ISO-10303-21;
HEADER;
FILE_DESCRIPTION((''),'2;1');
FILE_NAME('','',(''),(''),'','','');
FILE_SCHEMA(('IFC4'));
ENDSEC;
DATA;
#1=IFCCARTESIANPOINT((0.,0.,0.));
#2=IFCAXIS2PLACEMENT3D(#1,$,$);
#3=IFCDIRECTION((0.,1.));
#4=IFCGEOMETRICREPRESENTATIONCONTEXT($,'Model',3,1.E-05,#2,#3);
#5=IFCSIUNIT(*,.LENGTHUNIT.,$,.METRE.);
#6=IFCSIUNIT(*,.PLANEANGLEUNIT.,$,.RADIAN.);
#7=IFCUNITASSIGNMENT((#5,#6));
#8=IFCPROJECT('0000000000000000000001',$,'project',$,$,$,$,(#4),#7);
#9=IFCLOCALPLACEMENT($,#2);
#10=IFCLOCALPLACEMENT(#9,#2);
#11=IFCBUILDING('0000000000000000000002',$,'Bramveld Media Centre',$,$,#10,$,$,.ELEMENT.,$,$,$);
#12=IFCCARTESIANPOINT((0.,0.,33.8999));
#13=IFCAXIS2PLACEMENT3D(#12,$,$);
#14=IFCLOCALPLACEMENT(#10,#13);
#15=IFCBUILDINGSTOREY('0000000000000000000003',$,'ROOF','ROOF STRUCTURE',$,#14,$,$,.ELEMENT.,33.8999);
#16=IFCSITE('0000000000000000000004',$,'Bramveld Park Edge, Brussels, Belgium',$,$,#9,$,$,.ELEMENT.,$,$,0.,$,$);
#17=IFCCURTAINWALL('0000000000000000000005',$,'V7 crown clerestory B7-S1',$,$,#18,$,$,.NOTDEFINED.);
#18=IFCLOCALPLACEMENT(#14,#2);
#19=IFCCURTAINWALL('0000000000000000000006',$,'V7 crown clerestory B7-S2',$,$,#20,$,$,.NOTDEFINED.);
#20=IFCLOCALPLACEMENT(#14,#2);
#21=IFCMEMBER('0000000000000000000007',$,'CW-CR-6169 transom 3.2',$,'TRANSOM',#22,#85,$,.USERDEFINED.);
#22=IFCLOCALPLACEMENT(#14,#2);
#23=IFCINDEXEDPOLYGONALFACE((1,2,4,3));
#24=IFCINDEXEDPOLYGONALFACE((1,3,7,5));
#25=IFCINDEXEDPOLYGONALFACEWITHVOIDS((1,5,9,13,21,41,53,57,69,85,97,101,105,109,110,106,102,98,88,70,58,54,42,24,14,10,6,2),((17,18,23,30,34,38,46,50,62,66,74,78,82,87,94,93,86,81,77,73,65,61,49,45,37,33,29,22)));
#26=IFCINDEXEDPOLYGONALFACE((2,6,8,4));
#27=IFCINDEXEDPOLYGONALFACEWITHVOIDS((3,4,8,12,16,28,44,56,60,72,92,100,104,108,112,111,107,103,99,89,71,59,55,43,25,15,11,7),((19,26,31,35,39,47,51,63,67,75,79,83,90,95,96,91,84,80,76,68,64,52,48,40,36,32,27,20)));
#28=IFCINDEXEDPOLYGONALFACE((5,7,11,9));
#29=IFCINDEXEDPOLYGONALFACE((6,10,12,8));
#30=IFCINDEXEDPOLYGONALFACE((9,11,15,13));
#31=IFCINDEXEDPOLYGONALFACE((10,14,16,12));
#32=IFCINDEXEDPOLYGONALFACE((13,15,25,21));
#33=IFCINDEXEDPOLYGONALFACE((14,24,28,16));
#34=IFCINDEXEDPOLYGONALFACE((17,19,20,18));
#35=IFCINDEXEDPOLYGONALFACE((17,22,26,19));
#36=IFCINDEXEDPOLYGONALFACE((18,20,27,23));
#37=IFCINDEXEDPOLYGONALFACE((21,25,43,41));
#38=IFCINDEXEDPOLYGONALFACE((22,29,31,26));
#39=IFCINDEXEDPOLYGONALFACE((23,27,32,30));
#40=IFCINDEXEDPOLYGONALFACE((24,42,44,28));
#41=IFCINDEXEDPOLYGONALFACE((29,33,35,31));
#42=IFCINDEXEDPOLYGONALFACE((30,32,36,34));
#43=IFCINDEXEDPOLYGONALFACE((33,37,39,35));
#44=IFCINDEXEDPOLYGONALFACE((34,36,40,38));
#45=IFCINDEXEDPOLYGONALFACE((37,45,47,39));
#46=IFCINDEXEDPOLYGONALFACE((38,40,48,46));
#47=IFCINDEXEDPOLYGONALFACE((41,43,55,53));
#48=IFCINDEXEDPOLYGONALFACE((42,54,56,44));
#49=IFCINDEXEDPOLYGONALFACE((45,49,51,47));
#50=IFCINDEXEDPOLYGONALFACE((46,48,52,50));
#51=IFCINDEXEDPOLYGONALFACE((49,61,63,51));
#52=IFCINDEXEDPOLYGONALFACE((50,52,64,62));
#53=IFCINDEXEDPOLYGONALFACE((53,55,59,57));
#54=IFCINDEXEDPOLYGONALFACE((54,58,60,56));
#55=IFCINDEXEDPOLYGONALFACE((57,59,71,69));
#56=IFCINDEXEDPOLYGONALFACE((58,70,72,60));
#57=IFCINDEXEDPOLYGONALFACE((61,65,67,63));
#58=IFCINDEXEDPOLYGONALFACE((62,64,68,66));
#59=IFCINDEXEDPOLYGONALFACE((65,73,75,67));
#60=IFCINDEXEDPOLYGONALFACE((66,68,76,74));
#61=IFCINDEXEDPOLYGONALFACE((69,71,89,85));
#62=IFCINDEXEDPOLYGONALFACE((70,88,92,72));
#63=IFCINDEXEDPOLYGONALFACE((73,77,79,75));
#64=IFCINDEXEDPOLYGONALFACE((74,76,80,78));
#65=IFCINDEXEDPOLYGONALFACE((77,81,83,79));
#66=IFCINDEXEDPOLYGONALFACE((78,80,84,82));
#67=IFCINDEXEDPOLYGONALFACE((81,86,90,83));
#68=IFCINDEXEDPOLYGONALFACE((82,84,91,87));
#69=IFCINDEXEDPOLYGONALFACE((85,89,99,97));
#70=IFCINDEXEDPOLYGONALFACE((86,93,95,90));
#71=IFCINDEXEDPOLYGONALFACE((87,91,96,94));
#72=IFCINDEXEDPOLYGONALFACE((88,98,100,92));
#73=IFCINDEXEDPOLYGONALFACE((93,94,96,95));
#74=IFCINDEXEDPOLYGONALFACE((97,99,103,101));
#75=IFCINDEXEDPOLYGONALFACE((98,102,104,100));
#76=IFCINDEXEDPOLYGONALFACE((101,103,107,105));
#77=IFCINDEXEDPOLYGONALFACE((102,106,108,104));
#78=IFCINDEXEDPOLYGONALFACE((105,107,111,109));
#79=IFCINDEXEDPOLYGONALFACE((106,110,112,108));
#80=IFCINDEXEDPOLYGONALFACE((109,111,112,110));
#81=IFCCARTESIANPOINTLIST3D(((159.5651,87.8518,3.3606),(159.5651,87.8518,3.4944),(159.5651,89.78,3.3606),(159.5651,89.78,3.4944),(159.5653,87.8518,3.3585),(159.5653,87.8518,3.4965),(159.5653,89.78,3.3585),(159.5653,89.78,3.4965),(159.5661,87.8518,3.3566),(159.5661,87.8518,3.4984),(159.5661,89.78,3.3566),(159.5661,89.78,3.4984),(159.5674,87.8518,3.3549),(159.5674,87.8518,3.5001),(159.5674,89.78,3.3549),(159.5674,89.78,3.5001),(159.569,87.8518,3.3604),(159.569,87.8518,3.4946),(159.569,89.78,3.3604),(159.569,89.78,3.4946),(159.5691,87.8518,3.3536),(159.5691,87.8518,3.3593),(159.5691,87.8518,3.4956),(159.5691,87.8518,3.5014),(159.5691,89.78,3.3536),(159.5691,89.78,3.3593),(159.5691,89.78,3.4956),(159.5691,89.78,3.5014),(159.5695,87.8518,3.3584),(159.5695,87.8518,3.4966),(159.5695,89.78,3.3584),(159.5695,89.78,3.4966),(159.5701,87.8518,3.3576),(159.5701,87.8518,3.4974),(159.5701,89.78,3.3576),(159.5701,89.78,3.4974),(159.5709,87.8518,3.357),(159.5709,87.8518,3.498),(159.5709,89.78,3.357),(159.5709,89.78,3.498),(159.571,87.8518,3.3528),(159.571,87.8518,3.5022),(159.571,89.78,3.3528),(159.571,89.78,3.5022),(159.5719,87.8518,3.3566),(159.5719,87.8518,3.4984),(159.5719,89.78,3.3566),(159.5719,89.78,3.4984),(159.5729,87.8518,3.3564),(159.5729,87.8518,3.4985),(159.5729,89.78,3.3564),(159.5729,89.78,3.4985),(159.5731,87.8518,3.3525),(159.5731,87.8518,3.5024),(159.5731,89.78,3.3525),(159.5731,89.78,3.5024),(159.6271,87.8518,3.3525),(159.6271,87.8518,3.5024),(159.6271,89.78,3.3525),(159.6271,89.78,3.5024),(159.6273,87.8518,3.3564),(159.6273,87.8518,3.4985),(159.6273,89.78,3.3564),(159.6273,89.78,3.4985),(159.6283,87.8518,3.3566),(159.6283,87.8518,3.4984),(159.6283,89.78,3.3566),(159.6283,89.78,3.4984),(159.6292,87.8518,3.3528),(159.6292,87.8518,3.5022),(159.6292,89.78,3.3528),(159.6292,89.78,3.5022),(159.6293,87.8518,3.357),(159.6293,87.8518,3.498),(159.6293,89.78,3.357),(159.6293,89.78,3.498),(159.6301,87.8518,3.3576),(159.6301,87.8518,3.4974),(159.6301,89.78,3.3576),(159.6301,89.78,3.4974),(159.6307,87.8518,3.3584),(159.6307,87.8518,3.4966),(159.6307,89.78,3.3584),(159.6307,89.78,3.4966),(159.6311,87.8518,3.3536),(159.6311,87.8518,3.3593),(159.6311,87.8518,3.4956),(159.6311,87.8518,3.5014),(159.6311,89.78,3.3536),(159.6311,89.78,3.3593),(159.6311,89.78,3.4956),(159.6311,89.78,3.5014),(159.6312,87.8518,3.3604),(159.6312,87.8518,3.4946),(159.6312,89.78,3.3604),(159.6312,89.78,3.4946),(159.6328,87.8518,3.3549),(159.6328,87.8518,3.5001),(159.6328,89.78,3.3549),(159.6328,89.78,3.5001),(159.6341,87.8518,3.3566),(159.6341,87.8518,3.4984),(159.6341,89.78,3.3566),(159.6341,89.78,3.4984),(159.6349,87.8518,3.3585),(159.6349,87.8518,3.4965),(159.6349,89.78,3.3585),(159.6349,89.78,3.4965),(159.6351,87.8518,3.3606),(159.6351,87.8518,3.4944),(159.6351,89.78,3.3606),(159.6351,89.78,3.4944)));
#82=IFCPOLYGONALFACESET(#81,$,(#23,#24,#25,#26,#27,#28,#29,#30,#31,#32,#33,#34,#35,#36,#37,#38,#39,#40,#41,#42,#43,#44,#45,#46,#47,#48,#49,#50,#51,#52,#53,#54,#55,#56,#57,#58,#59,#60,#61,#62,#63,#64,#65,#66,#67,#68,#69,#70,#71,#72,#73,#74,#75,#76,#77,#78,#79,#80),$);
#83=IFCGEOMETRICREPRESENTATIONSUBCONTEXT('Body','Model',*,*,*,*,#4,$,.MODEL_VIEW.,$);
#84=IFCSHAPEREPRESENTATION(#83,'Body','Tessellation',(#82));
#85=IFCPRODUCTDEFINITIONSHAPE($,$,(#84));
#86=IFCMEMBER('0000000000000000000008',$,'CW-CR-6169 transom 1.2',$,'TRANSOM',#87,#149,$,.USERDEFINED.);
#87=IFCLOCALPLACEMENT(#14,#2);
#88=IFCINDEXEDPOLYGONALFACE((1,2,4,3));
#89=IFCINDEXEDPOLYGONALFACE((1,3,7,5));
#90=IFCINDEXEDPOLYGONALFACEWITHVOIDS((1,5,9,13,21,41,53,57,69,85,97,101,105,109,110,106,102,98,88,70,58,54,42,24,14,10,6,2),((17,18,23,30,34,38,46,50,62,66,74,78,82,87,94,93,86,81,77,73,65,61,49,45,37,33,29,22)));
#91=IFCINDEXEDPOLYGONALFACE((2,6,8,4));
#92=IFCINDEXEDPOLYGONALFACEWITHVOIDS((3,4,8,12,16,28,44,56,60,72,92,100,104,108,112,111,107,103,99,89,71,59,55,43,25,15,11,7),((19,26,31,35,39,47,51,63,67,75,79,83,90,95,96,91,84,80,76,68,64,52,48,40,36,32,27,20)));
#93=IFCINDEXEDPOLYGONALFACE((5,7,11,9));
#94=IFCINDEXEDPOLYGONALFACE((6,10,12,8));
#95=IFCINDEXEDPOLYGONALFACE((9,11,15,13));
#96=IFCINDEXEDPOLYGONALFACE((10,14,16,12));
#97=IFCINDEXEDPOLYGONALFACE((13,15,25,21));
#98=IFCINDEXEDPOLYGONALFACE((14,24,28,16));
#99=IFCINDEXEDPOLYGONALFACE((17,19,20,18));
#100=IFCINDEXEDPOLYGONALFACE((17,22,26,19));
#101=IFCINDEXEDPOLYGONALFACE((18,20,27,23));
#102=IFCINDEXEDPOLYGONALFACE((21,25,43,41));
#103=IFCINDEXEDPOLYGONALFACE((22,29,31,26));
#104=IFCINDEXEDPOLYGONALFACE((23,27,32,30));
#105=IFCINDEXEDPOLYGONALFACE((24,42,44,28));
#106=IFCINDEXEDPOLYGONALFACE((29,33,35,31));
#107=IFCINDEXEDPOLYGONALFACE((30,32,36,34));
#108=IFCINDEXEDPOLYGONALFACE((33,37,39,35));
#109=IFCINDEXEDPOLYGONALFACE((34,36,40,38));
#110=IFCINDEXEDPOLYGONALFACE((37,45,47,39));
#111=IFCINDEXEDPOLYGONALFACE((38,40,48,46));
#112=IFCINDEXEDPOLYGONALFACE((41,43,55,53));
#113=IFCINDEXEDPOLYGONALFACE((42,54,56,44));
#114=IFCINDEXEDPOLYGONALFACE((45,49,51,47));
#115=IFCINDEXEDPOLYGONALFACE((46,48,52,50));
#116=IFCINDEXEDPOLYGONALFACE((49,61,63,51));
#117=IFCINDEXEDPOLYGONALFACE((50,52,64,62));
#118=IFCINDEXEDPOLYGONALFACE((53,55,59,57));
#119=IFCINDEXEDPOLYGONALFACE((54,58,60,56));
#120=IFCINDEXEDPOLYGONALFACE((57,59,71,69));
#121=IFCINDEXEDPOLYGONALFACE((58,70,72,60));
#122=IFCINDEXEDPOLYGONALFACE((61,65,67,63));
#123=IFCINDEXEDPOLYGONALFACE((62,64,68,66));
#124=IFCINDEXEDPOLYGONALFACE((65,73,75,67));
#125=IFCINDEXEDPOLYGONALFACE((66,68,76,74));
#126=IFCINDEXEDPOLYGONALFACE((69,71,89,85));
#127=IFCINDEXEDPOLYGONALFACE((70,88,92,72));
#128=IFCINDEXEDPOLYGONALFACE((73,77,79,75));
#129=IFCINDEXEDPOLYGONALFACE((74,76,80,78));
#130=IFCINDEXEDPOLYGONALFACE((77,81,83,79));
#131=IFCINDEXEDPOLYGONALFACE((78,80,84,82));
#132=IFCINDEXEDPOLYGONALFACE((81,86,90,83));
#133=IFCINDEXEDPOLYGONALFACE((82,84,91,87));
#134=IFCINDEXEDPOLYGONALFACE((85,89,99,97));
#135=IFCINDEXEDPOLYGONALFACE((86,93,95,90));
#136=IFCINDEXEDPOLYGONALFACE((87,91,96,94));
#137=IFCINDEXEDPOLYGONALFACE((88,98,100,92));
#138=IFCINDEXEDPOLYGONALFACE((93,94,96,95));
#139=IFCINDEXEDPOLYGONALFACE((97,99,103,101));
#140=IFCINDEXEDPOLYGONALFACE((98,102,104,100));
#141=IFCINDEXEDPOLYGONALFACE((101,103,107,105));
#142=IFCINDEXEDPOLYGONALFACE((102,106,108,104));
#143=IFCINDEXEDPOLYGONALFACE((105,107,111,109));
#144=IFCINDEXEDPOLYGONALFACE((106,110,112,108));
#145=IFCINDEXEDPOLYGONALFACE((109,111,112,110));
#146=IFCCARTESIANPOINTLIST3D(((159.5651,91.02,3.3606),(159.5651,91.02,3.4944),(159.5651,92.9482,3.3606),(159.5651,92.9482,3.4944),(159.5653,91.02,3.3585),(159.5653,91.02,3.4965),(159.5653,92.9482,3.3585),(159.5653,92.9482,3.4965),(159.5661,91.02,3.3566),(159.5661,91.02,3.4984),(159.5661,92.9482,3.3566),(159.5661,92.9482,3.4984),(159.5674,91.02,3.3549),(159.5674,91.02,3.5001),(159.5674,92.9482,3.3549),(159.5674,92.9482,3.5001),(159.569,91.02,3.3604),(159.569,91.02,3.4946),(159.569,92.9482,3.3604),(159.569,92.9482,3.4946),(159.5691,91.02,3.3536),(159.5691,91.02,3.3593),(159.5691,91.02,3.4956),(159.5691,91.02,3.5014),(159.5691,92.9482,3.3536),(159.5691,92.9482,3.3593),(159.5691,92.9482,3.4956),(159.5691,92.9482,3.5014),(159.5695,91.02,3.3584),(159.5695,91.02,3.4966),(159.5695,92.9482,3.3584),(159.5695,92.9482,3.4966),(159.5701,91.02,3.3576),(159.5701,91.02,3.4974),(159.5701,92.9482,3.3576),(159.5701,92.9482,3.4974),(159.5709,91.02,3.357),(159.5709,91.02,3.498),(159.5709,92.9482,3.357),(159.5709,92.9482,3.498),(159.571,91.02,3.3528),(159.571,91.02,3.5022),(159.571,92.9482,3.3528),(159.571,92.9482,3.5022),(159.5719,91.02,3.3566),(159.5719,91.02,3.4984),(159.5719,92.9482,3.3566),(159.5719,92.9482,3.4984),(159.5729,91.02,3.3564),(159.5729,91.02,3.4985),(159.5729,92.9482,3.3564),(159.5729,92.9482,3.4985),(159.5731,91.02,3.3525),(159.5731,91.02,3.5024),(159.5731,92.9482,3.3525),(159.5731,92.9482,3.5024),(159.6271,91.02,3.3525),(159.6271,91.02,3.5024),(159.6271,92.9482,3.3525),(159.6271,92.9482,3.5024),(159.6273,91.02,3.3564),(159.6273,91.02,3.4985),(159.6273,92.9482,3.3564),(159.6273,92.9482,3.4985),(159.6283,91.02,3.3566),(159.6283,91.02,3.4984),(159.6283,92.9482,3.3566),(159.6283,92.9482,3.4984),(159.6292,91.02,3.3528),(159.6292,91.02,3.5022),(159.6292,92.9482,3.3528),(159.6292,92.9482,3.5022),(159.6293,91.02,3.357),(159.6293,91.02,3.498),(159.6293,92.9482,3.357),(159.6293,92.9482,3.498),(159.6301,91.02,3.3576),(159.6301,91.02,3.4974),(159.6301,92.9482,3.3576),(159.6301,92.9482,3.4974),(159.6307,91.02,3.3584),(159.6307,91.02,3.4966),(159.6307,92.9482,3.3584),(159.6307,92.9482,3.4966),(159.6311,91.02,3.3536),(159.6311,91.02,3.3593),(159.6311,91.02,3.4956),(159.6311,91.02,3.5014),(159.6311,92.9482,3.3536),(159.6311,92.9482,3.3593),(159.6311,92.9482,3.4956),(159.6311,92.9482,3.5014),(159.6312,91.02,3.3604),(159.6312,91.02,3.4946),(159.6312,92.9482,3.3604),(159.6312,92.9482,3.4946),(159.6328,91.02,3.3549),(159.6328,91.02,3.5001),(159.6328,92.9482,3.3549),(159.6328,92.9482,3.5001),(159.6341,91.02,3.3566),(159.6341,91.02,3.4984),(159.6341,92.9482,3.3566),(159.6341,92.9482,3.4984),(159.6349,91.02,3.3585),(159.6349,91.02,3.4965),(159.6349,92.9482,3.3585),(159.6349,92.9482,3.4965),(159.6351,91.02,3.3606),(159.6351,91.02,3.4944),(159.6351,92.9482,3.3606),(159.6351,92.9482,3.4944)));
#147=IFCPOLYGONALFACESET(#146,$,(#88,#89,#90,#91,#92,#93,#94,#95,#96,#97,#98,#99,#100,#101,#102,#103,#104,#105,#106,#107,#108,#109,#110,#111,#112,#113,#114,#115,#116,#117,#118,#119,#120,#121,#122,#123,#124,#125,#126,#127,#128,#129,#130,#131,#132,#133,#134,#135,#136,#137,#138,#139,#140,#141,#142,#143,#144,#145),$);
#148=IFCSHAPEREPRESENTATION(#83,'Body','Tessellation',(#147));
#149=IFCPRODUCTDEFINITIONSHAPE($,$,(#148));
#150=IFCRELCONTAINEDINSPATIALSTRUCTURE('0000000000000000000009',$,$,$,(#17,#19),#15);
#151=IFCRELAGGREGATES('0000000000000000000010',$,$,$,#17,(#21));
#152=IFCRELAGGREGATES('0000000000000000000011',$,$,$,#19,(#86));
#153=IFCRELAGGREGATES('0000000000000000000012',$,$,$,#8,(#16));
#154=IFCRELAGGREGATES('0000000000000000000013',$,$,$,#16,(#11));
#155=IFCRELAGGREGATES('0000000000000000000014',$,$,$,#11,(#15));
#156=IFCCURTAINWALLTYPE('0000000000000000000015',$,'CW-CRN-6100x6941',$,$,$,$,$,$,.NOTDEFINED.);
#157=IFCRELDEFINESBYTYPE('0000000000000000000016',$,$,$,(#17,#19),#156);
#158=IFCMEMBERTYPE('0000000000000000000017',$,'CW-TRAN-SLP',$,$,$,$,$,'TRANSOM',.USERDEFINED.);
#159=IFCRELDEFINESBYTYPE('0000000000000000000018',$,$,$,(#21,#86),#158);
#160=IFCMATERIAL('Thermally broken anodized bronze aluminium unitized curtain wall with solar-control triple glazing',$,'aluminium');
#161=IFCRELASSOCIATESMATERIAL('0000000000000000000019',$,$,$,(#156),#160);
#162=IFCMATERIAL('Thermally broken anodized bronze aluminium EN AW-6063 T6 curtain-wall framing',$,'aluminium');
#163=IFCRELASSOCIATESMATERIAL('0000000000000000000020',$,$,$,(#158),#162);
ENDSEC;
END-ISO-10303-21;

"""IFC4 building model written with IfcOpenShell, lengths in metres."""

from ifc_helpers import new_model, si_unit, direction, frame, origin, origin_2d, place, context, subcontext, project, spatial, hollow_rectangle, extrude, material, material_profile, profile_set, type_object, element, aggregate, save


model = new_model("IFC4")

# Units and contexts
model_context = context("Model", 3, precision=1e-05, world=origin(), true_north=direction((0.0, 1.0)))
body_context = subcontext(model_context, "Body", "Model", "MODEL_VIEW")
ifc_project = project(units=[si_unit("LENGTHUNIT", "METRE"), si_unit("PLANEANGLEUNIT", "RADIAN")], contexts=[model_context])

# Site, building, storey
site_placement = place(None, origin())
site = spatial("IfcSite", under=ifc_project, at=site_placement, Name="Bramveld Park Edge, Brussels, Belgium", CompositionType="ELEMENT", RefElevation=0.0)
building_placement = place(site_placement, origin())
building = spatial("IfcBuilding", under=site, at=building_placement, Name="Bramveld Media Centre", CompositionType="ELEMENT")
storey_placement = place(building_placement, frame((0.0, 0.0, 33.8999)))
storey = spatial("IfcBuildingStorey", under=building, at=storey_placement, Name="ROOF", Description="ROOF STRUCTURE", CompositionType="ELEMENT", Elevation=33.8999)

# Curtain walls
ifc_material_1 = material(Name="Thermally broken anodized bronze aluminium unitized curtain wall with solar-control triple glazing", Category="aluminium")
curtain_wall_type = type_object("IfcCurtainWallType", Name="CW-CRN-6100x6941", PredefinedType="NOTDEFINED", material=ifc_material_1)
curtain_wall_1_placement = place(storey_placement, origin())
curtain_wall_1 = element("IfcCurtainWall", 1, at=curtain_wall_1_placement, inside=storey, type_object=curtain_wall_type, Name="V7 crown clerestory B7-S1", PredefinedType="NOTDEFINED")
curtain_wall_2_placement = place(storey_placement, origin())
curtain_wall_2 = element("IfcCurtainWall", 2, at=curtain_wall_2_placement, inside=storey, type_object=curtain_wall_type, Name="V7 crown clerestory B7-S2", PredefinedType="NOTDEFINED")

# Members
ifc_material_2 = material(Name="Thermally broken anodized bronze aluminium EN AW-6063 T6 curtain-wall framing", Category="aluminium")
ifc_material_profile_1 = material_profile(ifc_material_2, hollow_rectangle(XDim=0.0701, YDim=0.1499, WallThickness=0.0039, InnerFilletRadius=0.0039, OuterFilletRadius=0.0081, at=origin_2d()), Name="AL-TRAN 70x150")
ifc_profile_set_1 = profile_set([ifc_material_profile_1], Name="Thermally broken anodized bronze aluminium EN AW-6063 T6 curtain-wall framing")
member_type_1 = type_object("IfcMemberType", Name="CW-TRAN-SLP", ElementType="TRANSOM", PredefinedType="USERDEFINED", material=ifc_profile_set_1)
member_1_placement = place(storey_placement, frame((159.6001, 87.8518, 3.4275), z_axis=(0.0, 1.0, 0.0), x_axis=(-1.0, 0.0, 0.0)))
member_1 = element("IfcMember", 3, at=member_1_placement, type_object=member_type_1, Name="CW-CR-6169 transom 3.2", ObjectType="TRANSOM", PredefinedType="USERDEFINED", context=body_context, shape_type="SweptSolid", body=[
    extrude(hollow_rectangle(XDim=0.0701, YDim=0.1499, WallThickness=0.0039, InnerFilletRadius=0.0039, OuterFilletRadius=0.0081, at=origin_2d()), origin(), (0.0, 0.0, 1.0), 1.9282),
])
member_2_placement = place(storey_placement, frame((159.6001, 91.02, 3.4275), z_axis=(0.0, 1.0, 0.0), x_axis=(-1.0, 0.0, 0.0)))
member_2 = element("IfcMember", 4, at=member_2_placement, type_object=member_type_1, Name="CW-CR-6169 transom 1.2", ObjectType="TRANSOM", PredefinedType="USERDEFINED", context=body_context, shape_type="SweptSolid", body=[
    extrude(hollow_rectangle(XDim=0.0701, YDim=0.1499, WallThickness=0.0039, InnerFilletRadius=0.0039, OuterFilletRadius=0.0081, at=origin_2d()), origin(), (0.0, 0.0, 1.0), 1.9282),
])

aggregate(curtain_wall_1, [member_1])
aggregate(curtain_wall_2, [member_2])

save(model, "model.ifc")
